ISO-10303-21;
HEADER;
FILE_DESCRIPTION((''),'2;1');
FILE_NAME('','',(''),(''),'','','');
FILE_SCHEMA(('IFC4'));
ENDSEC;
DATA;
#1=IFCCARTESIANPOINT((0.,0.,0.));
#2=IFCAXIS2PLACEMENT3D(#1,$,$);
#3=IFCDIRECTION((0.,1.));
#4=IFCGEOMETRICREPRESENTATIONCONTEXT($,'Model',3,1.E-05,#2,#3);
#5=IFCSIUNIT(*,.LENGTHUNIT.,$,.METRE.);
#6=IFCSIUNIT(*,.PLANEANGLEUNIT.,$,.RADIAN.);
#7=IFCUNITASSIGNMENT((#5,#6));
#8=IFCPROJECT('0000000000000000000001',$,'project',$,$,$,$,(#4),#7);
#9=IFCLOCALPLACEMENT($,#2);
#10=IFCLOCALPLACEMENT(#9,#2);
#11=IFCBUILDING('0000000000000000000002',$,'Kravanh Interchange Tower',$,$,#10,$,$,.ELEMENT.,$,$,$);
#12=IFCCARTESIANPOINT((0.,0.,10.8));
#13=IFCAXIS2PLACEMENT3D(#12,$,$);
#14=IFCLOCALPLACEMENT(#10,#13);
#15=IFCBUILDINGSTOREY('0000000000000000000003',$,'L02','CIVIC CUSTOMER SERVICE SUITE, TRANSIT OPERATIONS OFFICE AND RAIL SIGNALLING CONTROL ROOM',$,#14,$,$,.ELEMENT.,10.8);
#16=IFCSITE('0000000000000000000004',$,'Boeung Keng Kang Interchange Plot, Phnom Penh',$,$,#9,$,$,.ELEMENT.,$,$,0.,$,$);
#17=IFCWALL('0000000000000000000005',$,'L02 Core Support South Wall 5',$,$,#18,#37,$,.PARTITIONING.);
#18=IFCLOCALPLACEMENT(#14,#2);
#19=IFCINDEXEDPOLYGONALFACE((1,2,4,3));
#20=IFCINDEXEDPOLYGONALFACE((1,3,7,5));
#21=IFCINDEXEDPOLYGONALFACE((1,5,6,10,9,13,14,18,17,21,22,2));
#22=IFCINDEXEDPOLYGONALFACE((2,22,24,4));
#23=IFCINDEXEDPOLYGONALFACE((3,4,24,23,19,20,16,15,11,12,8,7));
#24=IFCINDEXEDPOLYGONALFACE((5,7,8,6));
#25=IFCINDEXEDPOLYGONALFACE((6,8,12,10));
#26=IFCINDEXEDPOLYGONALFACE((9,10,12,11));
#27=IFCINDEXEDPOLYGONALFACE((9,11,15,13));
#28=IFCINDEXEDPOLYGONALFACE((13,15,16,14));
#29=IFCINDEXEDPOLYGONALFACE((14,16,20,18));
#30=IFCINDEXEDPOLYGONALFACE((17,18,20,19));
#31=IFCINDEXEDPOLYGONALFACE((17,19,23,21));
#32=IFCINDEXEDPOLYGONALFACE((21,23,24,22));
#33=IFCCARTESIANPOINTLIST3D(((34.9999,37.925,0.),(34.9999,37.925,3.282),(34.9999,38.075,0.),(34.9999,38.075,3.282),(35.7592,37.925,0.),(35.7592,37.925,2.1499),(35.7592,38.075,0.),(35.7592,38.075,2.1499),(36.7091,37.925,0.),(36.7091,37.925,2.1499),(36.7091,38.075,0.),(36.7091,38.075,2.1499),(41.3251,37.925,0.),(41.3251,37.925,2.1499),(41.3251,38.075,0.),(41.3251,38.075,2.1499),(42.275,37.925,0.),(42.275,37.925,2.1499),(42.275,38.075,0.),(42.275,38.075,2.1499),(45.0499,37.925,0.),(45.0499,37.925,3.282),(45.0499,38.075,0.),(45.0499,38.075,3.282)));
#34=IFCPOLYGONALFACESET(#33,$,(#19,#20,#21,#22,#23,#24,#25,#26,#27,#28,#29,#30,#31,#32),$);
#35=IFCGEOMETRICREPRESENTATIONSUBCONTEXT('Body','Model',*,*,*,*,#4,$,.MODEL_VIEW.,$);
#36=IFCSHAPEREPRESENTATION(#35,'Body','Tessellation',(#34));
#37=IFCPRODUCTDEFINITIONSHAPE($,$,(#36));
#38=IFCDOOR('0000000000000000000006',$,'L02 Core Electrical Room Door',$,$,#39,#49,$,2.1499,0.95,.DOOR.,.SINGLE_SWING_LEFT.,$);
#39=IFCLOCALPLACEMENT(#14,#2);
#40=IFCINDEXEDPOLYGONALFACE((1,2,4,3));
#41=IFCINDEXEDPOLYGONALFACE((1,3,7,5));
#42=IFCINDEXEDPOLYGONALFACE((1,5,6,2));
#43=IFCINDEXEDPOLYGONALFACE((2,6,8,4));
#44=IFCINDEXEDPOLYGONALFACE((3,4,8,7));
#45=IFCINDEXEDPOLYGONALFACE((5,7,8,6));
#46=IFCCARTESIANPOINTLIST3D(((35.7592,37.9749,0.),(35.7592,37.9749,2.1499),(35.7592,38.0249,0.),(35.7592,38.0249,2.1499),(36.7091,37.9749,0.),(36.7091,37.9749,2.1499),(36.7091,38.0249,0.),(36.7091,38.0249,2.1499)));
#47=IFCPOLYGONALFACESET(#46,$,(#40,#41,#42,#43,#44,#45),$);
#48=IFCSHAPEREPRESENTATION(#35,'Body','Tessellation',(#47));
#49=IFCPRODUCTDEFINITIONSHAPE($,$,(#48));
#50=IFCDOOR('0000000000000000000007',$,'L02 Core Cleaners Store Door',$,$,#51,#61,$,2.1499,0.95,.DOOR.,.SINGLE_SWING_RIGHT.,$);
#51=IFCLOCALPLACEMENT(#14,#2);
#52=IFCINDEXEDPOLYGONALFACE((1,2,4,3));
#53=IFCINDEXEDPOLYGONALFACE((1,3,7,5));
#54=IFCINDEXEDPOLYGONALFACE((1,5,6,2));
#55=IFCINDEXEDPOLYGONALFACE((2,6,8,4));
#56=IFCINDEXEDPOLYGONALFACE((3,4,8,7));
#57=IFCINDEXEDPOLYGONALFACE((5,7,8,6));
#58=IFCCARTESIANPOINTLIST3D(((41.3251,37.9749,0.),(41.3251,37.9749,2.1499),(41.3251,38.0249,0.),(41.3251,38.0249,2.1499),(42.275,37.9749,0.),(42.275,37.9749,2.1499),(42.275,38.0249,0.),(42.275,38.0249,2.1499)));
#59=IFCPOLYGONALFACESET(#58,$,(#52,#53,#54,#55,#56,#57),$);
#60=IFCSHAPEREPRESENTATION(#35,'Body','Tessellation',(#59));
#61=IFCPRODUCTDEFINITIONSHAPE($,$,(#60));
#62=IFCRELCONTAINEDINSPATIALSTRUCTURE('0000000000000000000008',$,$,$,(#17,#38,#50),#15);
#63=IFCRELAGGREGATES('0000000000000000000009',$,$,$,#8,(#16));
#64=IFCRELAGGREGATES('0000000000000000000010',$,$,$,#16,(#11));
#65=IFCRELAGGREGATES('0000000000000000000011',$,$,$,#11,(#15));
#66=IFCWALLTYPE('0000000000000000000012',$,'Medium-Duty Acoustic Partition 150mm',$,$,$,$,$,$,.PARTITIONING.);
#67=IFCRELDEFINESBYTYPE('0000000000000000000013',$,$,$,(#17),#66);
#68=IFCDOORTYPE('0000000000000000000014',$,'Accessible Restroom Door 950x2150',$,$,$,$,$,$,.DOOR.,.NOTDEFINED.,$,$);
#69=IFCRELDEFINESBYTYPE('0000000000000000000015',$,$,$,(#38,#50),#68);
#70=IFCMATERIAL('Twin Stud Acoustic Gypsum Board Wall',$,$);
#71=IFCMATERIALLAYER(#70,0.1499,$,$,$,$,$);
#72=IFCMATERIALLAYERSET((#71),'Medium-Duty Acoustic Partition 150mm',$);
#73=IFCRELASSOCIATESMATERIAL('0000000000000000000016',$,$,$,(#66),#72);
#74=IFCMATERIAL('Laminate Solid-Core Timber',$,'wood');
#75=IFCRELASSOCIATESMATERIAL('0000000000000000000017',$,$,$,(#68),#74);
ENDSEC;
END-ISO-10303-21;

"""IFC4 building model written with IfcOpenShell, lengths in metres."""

from ifc_helpers import new_model, si_unit, direction, frame, frame_2d, origin, place, context, subcontext, project, spatial, rectangle, extrude, material, layer, layer_set, type_object, element, fill, save


model = new_model("IFC4")

# Units and contexts
model_context = context("Model", 3, precision=1e-05, world=origin(), true_north=direction((0.0, 1.0)))
body_context = subcontext(model_context, "Body", "Model", "MODEL_VIEW")
ifc_project = project(units=[si_unit("LENGTHUNIT", "METRE"), si_unit("PLANEANGLEUNIT", "RADIAN")], contexts=[model_context])

# Site, building, storey
site_placement = place(None, origin())
site = spatial("IfcSite", under=ifc_project, at=site_placement, Name="Boeung Keng Kang Interchange Plot, Phnom Penh", CompositionType="ELEMENT", RefElevation=0.0)
building_placement = place(site_placement, origin())
building = spatial("IfcBuilding", under=site, at=building_placement, Name="Kravanh Interchange Tower", CompositionType="ELEMENT")
storey_placement = place(building_placement, frame((0.0, 0.0, 10.8)))
storey = spatial("IfcBuildingStorey", under=building, at=storey_placement, Name="L02", Description="CIVIC CUSTOMER SERVICE SUITE, TRANSIT OPERATIONS OFFICE AND RAIL SIGNALLING CONTROL ROOM", CompositionType="ELEMENT", Elevation=10.8)

# Wall, openings, doors
ifc_material_1 = material(Name="Twin Stud Acoustic Gypsum Board Wall")
ifc_layer_1 = layer(ifc_material_1, 0.1499)
ifc_layer_set_1 = layer_set([ifc_layer_1], Name="Medium-Duty Acoustic Partition 150mm")
wall_type_1 = type_object("IfcWallType", Name="Medium-Duty Acoustic Partition 150mm", PredefinedType="PARTITIONING", material=ifc_layer_set_1)
wall_1_placement = place(storey_placement, frame((35.0, 38.0, 0.0), z_axis=(0.0, 0.0, 1.0), x_axis=(1.0, 0.0, 0.0)))
wall_1 = element("IfcWall", 1, at=wall_1_placement, inside=storey, type_object=wall_type_1, Name="L02 Core Support South Wall 5", PredefinedType="PARTITIONING", context=body_context, shape_type="SweptSolid", body=[
    extrude(rectangle(XDim=10.05, YDim=0.1499, at=frame_2d((5.0249, 0.0))), origin(), (0.0, 0.0, 1.0), 3.282),
])
opening_1_placement = place(wall_1_placement, frame((0.759, 0.0, 0.0)))
opening_1 = element("IfcOpeningElement", 2, at=opening_1_placement, cuts=wall_1, PredefinedType="OPENING", context=body_context, shape_type="SweptSolid", body=[
    extrude(rectangle(XDim=0.95, YDim=2.1499, at=frame_2d((0.4751, 1.075))), frame((0.0, 0.085, 0.0), z_axis=(0.0, -1.0, 0.0), x_axis=(1.0, 0.0, 0.0)), (0.0, 0.0, 1.0), 0.1699),
])
opening_2_placement = place(wall_1_placement, frame((6.325, 0.0, 0.0)))
opening_2 = element("IfcOpeningElement", 3, at=opening_2_placement, cuts=wall_1, PredefinedType="OPENING", context=body_context, shape_type="SweptSolid", body=[
    extrude(rectangle(XDim=0.95, YDim=2.1499, at=frame_2d((0.4751, 1.075))), frame((0.0, 0.085, 0.0), z_axis=(0.0, -1.0, 0.0), x_axis=(1.0, 0.0, 0.0)), (0.0, 0.0, 1.0), 0.1699),
])
ifc_material_2 = material(Name="Laminate Solid-Core Timber", Category="wood")
door_type_1 = type_object("IfcDoorType", Name="Accessible Restroom Door 950x2150", OperationType="NOTDEFINED", PredefinedType="DOOR", material=ifc_material_2)
door_1_placement = place(opening_1_placement, origin())
door_1 = element("IfcDoor", 4, at=door_1_placement, inside=storey, type_object=door_type_1, Name="L02 Core Electrical Room Door", OperationType="SINGLE_SWING_LEFT", OverallHeight=2.1499, OverallWidth=0.95, PredefinedType="DOOR", context=body_context, shape_type="SweptSolid", body=[
    extrude(rectangle(XDim=0.95, YDim=2.1499, at=frame_2d((0.4751, 1.075))), frame((0.0, 0.0249, 0.0), z_axis=(0.0, -1.0, 0.0), x_axis=(1.0, 0.0, 0.0)), (0.0, 0.0, 1.0), 0.05),
])
fill(opening_1, door_1)
door_2_placement = place(opening_2_placement, origin())
door_2 = element("IfcDoor", 5, at=door_2_placement, inside=storey, type_object=door_type_1, Name="L02 Core Cleaners Store Door", OperationType="SINGLE_SWING_RIGHT", OverallHeight=2.1499, OverallWidth=0.95, PredefinedType="DOOR", context=body_context, shape_type="SweptSolid", body=[
    extrude(rectangle(XDim=0.95, YDim=2.1499, at=frame_2d((0.4751, 1.075))), frame((0.0, 0.0249, 0.0), z_axis=(0.0, -1.0, 0.0), x_axis=(1.0, 0.0, 0.0)), (0.0, 0.0, 1.0), 0.05),
])
fill(opening_2, door_2)

save(model, "model.ifc")
